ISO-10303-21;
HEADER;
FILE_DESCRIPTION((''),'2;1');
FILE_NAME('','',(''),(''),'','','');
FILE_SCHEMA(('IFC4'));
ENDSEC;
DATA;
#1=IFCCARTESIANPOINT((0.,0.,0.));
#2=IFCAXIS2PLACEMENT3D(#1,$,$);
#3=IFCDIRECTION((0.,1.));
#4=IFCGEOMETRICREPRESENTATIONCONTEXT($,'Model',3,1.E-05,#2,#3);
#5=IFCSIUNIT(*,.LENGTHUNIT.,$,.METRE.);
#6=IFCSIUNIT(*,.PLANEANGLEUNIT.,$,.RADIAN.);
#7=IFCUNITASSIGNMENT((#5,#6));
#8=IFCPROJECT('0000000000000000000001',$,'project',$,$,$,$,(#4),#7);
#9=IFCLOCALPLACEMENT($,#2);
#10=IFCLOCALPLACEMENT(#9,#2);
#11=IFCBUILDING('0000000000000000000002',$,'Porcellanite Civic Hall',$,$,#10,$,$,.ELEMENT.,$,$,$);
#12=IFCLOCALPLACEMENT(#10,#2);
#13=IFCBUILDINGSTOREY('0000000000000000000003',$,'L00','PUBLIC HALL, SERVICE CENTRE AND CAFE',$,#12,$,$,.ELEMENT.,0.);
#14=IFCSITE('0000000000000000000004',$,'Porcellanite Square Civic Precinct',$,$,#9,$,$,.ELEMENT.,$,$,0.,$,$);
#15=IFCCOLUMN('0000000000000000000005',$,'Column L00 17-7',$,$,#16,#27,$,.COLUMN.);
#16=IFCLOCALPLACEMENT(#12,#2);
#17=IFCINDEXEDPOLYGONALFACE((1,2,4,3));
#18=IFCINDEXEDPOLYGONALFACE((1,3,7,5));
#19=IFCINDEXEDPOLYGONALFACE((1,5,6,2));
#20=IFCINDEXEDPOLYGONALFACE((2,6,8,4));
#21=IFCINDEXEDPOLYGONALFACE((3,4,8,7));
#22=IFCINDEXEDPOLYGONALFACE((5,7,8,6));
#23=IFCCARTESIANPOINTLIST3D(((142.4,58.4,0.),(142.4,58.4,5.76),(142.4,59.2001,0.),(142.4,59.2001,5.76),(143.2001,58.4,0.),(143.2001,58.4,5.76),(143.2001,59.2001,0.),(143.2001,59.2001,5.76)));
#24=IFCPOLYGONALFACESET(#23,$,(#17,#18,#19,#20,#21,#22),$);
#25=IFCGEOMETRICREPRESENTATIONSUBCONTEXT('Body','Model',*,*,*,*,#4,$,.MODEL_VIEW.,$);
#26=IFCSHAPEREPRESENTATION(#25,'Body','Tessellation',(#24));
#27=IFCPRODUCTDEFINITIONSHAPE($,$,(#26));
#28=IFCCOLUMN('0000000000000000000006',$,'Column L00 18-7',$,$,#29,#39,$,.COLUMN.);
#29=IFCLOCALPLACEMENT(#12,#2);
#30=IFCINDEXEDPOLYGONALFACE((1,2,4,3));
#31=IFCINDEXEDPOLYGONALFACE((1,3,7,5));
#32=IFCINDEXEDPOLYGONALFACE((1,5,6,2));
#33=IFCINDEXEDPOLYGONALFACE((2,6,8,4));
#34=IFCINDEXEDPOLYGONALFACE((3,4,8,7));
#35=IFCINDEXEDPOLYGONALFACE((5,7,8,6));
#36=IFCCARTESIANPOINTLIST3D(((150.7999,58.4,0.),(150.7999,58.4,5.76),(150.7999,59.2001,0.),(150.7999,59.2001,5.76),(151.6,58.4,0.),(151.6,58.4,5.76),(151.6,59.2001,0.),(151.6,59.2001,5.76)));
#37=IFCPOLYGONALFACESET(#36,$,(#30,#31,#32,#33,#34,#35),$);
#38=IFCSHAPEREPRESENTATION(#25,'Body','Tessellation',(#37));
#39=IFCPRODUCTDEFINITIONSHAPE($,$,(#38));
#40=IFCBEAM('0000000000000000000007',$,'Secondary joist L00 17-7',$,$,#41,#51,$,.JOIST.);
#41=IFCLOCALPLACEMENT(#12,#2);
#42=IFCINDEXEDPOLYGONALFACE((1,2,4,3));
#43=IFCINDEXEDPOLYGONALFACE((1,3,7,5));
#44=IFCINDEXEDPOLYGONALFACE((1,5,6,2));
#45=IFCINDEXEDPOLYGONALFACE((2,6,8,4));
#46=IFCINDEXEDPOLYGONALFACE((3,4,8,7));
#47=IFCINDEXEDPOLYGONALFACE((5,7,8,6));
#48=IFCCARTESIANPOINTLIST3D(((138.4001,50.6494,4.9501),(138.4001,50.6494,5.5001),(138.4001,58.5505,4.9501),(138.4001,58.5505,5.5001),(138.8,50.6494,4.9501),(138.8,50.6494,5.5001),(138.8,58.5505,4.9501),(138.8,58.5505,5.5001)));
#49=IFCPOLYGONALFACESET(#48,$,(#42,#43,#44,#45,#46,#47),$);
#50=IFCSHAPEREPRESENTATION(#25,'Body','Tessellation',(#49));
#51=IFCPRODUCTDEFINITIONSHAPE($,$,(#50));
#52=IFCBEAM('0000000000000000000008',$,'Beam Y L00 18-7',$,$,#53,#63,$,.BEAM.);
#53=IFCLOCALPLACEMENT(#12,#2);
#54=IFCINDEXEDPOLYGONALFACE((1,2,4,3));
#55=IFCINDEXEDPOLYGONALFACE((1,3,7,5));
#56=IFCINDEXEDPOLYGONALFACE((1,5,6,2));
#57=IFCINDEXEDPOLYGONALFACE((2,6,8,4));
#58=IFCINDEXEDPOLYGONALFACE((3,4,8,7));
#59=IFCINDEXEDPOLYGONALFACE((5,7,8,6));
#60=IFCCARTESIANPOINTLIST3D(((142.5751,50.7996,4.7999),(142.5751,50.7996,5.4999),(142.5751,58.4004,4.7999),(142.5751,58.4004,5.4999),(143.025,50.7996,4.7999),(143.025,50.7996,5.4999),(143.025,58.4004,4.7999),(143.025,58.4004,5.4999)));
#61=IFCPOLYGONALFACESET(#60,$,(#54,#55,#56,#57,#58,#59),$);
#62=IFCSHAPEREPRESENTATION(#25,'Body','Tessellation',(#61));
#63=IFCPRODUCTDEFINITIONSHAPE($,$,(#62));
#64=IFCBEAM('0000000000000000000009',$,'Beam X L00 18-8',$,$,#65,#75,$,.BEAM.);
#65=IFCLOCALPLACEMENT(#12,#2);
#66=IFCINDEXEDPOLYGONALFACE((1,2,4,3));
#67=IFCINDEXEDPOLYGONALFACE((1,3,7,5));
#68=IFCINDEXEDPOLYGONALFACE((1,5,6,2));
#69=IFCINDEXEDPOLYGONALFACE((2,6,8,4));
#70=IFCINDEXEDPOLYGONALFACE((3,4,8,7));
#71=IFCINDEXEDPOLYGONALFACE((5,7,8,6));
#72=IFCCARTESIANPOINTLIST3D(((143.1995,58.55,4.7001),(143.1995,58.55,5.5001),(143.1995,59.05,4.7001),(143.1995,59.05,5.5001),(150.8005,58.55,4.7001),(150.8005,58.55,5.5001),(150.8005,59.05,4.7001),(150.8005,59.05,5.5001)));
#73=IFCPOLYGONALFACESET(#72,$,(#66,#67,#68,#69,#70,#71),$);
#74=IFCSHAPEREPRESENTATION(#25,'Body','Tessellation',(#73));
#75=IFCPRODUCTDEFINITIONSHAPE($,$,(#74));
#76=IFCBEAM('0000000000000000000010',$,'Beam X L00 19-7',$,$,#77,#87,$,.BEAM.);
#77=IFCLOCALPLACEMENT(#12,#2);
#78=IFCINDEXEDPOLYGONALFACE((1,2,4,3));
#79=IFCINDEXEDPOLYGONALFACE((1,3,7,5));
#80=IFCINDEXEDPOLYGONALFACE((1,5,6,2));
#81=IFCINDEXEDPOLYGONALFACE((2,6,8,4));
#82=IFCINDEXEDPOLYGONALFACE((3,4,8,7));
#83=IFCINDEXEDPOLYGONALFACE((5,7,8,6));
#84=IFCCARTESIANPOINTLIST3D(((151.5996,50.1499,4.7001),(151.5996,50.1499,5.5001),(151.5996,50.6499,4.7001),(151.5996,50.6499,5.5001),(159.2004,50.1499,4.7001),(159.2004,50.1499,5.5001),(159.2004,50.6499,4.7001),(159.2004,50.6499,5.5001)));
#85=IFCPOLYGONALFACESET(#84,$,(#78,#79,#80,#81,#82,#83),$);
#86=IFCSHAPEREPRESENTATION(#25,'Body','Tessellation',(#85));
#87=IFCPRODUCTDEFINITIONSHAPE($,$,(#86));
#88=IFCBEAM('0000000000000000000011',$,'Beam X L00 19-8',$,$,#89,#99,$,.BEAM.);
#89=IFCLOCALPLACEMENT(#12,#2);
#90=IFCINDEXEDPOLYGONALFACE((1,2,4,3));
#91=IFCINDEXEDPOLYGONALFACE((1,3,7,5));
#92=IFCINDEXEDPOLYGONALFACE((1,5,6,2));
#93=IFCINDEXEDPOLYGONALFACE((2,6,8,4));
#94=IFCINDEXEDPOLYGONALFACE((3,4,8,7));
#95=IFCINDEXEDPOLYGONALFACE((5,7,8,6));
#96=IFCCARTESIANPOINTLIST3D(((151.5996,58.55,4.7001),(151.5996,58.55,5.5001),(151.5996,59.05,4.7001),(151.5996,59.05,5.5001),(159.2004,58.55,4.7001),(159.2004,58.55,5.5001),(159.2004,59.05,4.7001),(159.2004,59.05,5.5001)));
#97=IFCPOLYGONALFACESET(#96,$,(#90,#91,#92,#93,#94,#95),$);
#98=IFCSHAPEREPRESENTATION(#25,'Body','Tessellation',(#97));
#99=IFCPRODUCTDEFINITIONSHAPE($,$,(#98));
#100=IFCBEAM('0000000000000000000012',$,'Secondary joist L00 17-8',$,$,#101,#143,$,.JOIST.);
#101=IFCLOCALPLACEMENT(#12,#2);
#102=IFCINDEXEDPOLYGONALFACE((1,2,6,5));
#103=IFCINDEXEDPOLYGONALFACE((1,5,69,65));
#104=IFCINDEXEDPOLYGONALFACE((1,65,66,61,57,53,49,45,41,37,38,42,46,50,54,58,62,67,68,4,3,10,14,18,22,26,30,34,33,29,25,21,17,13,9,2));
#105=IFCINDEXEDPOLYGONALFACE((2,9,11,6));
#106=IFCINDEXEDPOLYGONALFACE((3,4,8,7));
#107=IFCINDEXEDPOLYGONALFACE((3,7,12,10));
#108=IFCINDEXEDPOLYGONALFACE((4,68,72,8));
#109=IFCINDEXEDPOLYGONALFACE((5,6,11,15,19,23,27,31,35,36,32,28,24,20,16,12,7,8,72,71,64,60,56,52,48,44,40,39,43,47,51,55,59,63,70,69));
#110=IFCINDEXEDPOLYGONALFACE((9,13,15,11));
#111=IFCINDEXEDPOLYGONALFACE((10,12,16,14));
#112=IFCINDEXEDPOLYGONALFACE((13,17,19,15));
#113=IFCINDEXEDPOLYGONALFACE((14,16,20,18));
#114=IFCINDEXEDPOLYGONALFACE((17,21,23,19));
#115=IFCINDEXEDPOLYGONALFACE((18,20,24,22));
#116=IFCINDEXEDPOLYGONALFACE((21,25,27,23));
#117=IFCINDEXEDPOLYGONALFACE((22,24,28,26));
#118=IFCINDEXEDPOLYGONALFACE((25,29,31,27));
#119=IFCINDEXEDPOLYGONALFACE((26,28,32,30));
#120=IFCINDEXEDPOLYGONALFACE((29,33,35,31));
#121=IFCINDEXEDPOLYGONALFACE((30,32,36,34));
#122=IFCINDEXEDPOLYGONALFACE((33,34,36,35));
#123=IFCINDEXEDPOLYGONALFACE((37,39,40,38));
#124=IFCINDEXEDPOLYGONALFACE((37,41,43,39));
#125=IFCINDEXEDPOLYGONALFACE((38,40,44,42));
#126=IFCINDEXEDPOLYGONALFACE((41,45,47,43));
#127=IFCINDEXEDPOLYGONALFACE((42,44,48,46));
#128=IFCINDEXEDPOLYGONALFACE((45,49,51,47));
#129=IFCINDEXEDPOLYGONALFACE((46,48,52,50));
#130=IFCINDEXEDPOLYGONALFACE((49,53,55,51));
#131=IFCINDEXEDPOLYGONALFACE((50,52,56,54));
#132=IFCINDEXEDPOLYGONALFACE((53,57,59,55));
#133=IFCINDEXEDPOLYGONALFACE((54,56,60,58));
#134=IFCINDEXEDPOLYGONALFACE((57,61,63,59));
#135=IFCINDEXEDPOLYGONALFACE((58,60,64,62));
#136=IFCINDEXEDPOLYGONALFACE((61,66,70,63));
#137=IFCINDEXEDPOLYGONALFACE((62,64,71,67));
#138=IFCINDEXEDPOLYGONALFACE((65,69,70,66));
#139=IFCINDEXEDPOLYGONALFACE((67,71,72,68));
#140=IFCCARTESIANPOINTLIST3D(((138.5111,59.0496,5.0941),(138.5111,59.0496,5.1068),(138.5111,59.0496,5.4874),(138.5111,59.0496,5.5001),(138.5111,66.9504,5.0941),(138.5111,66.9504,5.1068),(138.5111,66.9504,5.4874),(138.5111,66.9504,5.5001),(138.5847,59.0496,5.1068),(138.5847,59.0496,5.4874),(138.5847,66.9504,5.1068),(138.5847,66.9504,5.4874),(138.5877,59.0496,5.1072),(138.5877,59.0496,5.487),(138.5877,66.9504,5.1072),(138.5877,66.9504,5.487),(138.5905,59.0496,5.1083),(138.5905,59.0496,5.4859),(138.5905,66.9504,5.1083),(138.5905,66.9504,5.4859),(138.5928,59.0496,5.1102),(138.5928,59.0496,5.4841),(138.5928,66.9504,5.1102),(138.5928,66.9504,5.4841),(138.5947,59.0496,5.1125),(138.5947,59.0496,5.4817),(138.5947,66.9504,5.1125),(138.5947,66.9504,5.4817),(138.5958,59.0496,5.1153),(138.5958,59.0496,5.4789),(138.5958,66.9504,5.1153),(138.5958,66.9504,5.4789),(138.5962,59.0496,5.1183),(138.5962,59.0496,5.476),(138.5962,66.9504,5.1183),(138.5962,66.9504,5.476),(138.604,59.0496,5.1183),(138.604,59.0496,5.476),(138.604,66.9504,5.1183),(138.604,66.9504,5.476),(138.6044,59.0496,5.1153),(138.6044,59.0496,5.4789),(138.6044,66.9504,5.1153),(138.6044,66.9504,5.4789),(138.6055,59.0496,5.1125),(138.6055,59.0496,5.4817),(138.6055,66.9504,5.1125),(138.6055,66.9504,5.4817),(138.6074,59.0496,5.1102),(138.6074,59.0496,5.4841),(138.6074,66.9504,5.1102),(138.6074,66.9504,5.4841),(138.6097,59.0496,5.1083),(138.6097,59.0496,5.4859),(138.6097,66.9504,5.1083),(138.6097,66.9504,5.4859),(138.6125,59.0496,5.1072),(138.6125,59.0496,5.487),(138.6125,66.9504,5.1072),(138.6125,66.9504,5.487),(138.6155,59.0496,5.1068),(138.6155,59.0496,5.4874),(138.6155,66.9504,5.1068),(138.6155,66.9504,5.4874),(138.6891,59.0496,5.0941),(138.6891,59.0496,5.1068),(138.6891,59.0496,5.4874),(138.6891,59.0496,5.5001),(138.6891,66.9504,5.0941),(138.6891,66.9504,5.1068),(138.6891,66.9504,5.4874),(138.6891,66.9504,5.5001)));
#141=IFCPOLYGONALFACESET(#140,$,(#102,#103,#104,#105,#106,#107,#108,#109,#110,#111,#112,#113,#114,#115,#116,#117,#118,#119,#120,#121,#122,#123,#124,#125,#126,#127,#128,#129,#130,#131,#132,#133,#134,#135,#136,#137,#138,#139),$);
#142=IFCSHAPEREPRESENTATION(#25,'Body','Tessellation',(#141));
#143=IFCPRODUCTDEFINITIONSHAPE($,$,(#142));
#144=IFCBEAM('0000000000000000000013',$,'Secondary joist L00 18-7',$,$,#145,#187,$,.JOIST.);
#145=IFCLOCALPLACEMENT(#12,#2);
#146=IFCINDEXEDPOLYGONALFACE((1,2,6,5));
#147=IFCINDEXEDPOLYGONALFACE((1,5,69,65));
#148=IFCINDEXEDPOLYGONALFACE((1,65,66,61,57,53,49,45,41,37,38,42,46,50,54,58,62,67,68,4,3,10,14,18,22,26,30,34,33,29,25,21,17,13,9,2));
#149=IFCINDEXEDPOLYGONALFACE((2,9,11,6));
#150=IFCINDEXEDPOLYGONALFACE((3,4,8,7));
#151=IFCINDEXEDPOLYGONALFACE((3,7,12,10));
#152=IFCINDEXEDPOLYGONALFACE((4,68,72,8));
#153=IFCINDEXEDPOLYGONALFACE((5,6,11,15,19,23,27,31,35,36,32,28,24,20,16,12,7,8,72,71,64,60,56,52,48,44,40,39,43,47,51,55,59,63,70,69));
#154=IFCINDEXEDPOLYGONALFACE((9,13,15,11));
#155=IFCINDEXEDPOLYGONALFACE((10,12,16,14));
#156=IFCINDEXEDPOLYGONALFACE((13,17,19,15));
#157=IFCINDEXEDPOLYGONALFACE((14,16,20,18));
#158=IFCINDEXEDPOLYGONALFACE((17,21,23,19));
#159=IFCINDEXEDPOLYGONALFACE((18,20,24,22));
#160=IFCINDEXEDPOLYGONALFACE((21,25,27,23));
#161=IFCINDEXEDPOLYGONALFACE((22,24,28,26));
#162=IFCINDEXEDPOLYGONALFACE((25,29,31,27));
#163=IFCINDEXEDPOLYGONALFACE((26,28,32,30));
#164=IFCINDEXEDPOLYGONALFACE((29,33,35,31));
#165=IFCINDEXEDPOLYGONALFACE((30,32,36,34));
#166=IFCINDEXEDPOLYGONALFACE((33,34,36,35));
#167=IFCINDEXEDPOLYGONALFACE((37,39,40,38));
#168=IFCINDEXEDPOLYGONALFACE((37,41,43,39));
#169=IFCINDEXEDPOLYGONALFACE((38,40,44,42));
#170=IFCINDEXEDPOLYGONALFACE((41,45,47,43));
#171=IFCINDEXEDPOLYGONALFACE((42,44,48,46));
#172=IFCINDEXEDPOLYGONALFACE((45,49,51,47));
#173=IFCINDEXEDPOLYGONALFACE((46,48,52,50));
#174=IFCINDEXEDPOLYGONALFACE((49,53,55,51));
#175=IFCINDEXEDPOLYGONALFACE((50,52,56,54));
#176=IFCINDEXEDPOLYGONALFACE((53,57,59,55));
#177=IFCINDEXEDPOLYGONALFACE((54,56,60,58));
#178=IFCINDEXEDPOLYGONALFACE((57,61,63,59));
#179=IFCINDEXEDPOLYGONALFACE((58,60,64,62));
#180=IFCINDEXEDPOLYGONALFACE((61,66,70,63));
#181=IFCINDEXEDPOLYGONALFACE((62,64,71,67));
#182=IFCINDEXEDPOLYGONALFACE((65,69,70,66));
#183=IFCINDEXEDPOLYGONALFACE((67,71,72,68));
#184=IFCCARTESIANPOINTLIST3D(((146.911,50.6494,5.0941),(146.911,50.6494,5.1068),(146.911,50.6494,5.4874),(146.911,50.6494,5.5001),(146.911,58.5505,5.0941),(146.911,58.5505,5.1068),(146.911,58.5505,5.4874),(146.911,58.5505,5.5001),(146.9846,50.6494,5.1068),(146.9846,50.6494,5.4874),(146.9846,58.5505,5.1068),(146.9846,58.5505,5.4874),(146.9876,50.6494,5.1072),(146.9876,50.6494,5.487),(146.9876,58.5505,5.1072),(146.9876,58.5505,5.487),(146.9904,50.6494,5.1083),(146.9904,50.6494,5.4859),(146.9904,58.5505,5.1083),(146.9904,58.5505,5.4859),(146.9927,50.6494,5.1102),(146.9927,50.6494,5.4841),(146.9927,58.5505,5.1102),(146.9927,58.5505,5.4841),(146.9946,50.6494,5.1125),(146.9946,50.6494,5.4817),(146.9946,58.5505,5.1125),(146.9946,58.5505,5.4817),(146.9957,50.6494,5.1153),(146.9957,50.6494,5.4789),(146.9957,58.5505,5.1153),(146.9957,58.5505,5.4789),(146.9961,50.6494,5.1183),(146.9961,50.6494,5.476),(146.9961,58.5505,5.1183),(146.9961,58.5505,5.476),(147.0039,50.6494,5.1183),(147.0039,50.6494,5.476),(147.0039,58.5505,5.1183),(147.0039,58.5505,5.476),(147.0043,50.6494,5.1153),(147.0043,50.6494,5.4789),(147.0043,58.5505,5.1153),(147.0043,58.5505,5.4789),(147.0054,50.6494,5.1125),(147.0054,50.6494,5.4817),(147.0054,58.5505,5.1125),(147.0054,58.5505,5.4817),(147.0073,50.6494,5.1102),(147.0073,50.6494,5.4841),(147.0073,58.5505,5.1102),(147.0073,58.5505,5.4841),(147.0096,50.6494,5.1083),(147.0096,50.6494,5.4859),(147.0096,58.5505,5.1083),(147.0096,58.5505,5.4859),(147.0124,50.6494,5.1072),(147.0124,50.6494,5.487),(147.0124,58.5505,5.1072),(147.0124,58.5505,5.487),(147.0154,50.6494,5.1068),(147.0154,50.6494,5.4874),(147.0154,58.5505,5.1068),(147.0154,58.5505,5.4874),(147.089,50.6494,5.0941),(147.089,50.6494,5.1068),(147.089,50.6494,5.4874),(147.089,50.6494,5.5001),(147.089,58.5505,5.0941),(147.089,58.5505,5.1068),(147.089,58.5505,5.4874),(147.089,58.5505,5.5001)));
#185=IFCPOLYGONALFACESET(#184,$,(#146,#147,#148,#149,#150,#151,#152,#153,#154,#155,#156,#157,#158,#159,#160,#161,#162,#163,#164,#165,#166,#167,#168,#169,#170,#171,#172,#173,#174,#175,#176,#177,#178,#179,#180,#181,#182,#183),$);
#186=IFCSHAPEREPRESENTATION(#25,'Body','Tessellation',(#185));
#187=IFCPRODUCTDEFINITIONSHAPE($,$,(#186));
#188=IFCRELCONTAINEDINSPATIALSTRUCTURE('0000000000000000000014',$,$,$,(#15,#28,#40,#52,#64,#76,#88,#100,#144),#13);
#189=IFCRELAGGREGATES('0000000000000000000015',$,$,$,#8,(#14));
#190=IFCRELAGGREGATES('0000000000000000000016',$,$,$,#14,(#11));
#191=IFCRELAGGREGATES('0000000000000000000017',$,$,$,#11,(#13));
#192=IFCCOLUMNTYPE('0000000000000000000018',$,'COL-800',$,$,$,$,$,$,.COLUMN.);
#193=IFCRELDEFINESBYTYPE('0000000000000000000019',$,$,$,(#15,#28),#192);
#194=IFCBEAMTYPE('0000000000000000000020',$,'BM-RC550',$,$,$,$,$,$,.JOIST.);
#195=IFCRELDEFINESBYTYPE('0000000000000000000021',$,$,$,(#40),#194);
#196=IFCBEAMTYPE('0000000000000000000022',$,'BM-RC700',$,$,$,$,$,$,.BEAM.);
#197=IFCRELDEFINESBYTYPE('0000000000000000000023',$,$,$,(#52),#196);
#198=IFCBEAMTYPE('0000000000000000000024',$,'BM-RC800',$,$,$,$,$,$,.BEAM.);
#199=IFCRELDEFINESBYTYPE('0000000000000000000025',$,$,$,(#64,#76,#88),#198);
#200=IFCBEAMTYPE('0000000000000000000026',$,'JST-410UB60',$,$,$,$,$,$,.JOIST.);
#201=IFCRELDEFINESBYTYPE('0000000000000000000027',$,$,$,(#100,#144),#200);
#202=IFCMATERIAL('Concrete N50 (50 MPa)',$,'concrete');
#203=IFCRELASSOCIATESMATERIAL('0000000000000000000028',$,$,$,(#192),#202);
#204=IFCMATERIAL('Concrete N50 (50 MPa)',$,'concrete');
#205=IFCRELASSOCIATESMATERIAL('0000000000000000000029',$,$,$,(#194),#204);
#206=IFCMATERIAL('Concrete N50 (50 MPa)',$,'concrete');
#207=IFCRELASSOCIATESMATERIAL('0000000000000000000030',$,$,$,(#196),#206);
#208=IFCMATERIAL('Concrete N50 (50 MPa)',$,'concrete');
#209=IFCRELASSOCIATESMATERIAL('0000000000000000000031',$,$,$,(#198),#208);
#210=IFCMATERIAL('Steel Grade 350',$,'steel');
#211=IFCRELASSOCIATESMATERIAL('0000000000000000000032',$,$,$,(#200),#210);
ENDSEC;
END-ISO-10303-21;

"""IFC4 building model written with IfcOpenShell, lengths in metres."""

from ifc_helpers import new_model, si_unit, direction, frame, origin, origin_2d, place, context, subcontext, project, spatial, rectangle, i_section, extrude, material, material_profile, profile_set, type_object, element, save


model = new_model("IFC4")

# Units and contexts
model_context = context("Model", 3, precision=1e-05, world=origin(), true_north=direction((0.0, 1.0)))
body_context = subcontext(model_context, "Body", "Model", "MODEL_VIEW")
ifc_project = project(units=[si_unit("LENGTHUNIT", "METRE"), si_unit("PLANEANGLEUNIT", "RADIAN")], contexts=[model_context])

# Site, building, storey
site_placement = place(None, origin())
site = spatial("IfcSite", under=ifc_project, at=site_placement, Name="Porcellanite Square Civic Precinct", CompositionType="ELEMENT", RefElevation=0.0)
building_placement = place(site_placement, origin())
building = spatial("IfcBuilding", under=site, at=building_placement, Name="Porcellanite Civic Hall", CompositionType="ELEMENT")
storey_placement = place(building_placement, origin())
storey = spatial("IfcBuildingStorey", under=building, at=storey_placement, Name="L00", Description="PUBLIC HALL, SERVICE CENTRE AND CAFE", CompositionType="ELEMENT", Elevation=0.0)

# Columns
ifc_material_1 = material(Name="Concrete N50 (50 MPa)", Category="concrete")
ifc_material_profile_1 = material_profile(ifc_material_1, rectangle(XDim=0.8, YDim=0.8, at=origin_2d()), Name="RC-800x800")
ifc_profile_set_1 = profile_set([ifc_material_profile_1], Name="Concrete N50 (50 MPa)")
column_type = type_object("IfcColumnType", Name="COL-800", PredefinedType="COLUMN", material=ifc_profile_set_1)
for number, where, z_axis, x_axis, name in (
    (1, (142.8, 58.8, 0.0), (0.0, 0.0, 1.0), (1.0, 0.0, 0.0), "Column L00 17-7"),
    (2, (151.2, 58.8, 0.0), (0.0, 0.0, 1.0), (1.0, 0.0, 0.0), "Column L00 18-7"),
):
    element("IfcColumn", number, at=place(storey_placement, frame(where, z_axis=z_axis, x_axis=x_axis)), inside=storey, type_object=column_type, Name=name, PredefinedType="COLUMN", context=body_context, shape_type="SweptSolid", body=[
        extrude(rectangle(XDim=0.8, YDim=0.8, at=origin_2d()), origin(), (0.0, 0.0, 1.0), 5.76),
    ])

# Beams
ifc_material_2 = material(Name="Concrete N50 (50 MPa)", Category="concrete")
ifc_material_profile_2 = material_profile(ifc_material_2, rectangle(XDim=0.3999, YDim=0.55, at=origin_2d()), Name="RC-400x550")
ifc_profile_set_2 = profile_set([ifc_material_profile_2], Name="Concrete N50 (50 MPa)")
beam_type_1 = type_object("IfcBeamType", Name="BM-RC550", PredefinedType="JOIST", material=ifc_profile_set_2)
beam_1_placement = place(storey_placement, frame((138.6001, 50.6494, 5.2251), z_axis=(0.0, 1.0, 0.0), x_axis=(-1.0, 0.0, 0.0)))
element("IfcBeam", 3, at=beam_1_placement, inside=storey, type_object=beam_type_1, Name="Secondary joist L00 17-7", PredefinedType="JOIST", context=body_context, shape_type="SweptSolid", body=[
    extrude(rectangle(XDim=0.3999, YDim=0.55, at=origin_2d()), origin(), (0.0, 0.0, 1.0), 7.9011),
])
ifc_material_3 = material(Name="Concrete N50 (50 MPa)", Category="concrete")
ifc_material_profile_3 = material_profile(ifc_material_3, rectangle(XDim=0.45, YDim=0.7, at=origin_2d()), Name="RC-450x700")
ifc_profile_set_3 = profile_set([ifc_material_profile_3], Name="Concrete N50 (50 MPa)")
beam_type_2 = type_object("IfcBeamType", Name="BM-RC700", PredefinedType="BEAM", material=ifc_profile_set_3)
beam_2_placement = place(storey_placement, frame((142.8, 50.7996, 5.1499), z_axis=(0.0, 1.0, 0.0), x_axis=(-1.0, 0.0, 0.0)))
element("IfcBeam", 4, at=beam_2_placement, inside=storey, type_object=beam_type_2, Name="Beam Y L00 18-7", PredefinedType="BEAM", context=body_context, shape_type="SweptSolid", body=[
    extrude(rectangle(XDim=0.45, YDim=0.7, at=origin_2d()), origin(), (0.0, 0.0, 1.0), 7.6008),
])
ifc_material_4 = material(Name="Concrete N50 (50 MPa)", Category="concrete")
ifc_material_profile_4 = material_profile(ifc_material_4, rectangle(XDim=0.5, YDim=0.8, at=origin_2d()), Name="RC-500x800")
ifc_profile_set_4 = profile_set([ifc_material_profile_4], Name="Concrete N50 (50 MPa)")
beam_type_3 = type_object("IfcBeamType", Name="BM-RC800", PredefinedType="BEAM", material=ifc_profile_set_4)
beam_3_placement = place(storey_placement, frame((143.1995, 58.8, 5.1001), z_axis=(1.0, 0.0, 0.0), x_axis=(0.0, 1.0, 0.0)))
element("IfcBeam", 5, at=beam_3_placement, inside=storey, type_object=beam_type_3, Name="Beam X L00 18-8", PredefinedType="BEAM", context=body_context, shape_type="SweptSolid", body=[
    extrude(rectangle(XDim=0.5, YDim=0.8, at=origin_2d()), origin(), (0.0, 0.0, 1.0), 7.6011),
])
for number, where, z_axis, x_axis, name in (
    (6, (151.5996, 50.3999, 5.1001), (1.0, 0.0, 0.0), (0.0, 1.0, 0.0), "Beam X L00 19-7"),
    (7, (151.5996, 58.8, 5.1001), (1.0, 0.0, 0.0), (0.0, 1.0, 0.0), "Beam X L00 19-8"),
):
    element("IfcBeam", number, at=place(storey_placement, frame(where, z_axis=z_axis, x_axis=x_axis)), inside=storey, type_object=beam_type_3, Name=name, PredefinedType="BEAM", context=body_context, shape_type="SweptSolid", body=[
        extrude(rectangle(XDim=0.5, YDim=0.8, at=origin_2d()), origin(), (0.0, 0.0, 1.0), 7.6008),
    ])
ifc_material_5 = material(Name="Steel Grade 350", Category="steel")
ifc_material_profile_5 = material_profile(ifc_material_5, i_section(OverallWidth=0.178, OverallDepth=0.406, WebThickness=0.0078, FlangeThickness=0.0127, FilletRadius=0.0115, at=origin_2d()), Name="410UB59.7")
ifc_profile_set_5 = profile_set([ifc_material_profile_5], Name="Steel Grade 350")
beam_type_4 = type_object("IfcBeamType", Name="JST-410UB60", PredefinedType="JOIST", material=ifc_profile_set_5)
beam_4_placement = place(storey_placement, frame((138.6001, 59.0496, 5.2971), z_axis=(0.0, 1.0, 0.0), x_axis=(-1.0, 0.0, 0.0)))
element("IfcBeam", 8, at=beam_4_placement, inside=storey, type_object=beam_type_4, Name="Secondary joist L00 17-8", PredefinedType="JOIST", context=body_context, shape_type="SweptSolid", body=[
    extrude(i_section(OverallWidth=0.178, OverallDepth=0.406, WebThickness=0.0078, FlangeThickness=0.0127, FilletRadius=0.0115, at=origin_2d()), origin(), (0.0, 0.0, 1.0), 7.9009),
])
beam_5_placement = place(storey_placement, frame((147.0, 50.6494, 5.2971), z_axis=(0.0, 1.0, 0.0), x_axis=(-1.0, 0.0, 0.0)))
element("IfcBeam", 9, at=beam_5_placement, inside=storey, type_object=beam_type_4, Name="Secondary joist L00 18-7", PredefinedType="JOIST", context=body_context, shape_type="SweptSolid", body=[
    extrude(i_section(OverallWidth=0.178, OverallDepth=0.406, WebThickness=0.0078, FlangeThickness=0.0127, FilletRadius=0.0115, at=origin_2d()), origin(), (0.0, 0.0, 1.0), 7.9011),
])

save(model, "model.ifc")
